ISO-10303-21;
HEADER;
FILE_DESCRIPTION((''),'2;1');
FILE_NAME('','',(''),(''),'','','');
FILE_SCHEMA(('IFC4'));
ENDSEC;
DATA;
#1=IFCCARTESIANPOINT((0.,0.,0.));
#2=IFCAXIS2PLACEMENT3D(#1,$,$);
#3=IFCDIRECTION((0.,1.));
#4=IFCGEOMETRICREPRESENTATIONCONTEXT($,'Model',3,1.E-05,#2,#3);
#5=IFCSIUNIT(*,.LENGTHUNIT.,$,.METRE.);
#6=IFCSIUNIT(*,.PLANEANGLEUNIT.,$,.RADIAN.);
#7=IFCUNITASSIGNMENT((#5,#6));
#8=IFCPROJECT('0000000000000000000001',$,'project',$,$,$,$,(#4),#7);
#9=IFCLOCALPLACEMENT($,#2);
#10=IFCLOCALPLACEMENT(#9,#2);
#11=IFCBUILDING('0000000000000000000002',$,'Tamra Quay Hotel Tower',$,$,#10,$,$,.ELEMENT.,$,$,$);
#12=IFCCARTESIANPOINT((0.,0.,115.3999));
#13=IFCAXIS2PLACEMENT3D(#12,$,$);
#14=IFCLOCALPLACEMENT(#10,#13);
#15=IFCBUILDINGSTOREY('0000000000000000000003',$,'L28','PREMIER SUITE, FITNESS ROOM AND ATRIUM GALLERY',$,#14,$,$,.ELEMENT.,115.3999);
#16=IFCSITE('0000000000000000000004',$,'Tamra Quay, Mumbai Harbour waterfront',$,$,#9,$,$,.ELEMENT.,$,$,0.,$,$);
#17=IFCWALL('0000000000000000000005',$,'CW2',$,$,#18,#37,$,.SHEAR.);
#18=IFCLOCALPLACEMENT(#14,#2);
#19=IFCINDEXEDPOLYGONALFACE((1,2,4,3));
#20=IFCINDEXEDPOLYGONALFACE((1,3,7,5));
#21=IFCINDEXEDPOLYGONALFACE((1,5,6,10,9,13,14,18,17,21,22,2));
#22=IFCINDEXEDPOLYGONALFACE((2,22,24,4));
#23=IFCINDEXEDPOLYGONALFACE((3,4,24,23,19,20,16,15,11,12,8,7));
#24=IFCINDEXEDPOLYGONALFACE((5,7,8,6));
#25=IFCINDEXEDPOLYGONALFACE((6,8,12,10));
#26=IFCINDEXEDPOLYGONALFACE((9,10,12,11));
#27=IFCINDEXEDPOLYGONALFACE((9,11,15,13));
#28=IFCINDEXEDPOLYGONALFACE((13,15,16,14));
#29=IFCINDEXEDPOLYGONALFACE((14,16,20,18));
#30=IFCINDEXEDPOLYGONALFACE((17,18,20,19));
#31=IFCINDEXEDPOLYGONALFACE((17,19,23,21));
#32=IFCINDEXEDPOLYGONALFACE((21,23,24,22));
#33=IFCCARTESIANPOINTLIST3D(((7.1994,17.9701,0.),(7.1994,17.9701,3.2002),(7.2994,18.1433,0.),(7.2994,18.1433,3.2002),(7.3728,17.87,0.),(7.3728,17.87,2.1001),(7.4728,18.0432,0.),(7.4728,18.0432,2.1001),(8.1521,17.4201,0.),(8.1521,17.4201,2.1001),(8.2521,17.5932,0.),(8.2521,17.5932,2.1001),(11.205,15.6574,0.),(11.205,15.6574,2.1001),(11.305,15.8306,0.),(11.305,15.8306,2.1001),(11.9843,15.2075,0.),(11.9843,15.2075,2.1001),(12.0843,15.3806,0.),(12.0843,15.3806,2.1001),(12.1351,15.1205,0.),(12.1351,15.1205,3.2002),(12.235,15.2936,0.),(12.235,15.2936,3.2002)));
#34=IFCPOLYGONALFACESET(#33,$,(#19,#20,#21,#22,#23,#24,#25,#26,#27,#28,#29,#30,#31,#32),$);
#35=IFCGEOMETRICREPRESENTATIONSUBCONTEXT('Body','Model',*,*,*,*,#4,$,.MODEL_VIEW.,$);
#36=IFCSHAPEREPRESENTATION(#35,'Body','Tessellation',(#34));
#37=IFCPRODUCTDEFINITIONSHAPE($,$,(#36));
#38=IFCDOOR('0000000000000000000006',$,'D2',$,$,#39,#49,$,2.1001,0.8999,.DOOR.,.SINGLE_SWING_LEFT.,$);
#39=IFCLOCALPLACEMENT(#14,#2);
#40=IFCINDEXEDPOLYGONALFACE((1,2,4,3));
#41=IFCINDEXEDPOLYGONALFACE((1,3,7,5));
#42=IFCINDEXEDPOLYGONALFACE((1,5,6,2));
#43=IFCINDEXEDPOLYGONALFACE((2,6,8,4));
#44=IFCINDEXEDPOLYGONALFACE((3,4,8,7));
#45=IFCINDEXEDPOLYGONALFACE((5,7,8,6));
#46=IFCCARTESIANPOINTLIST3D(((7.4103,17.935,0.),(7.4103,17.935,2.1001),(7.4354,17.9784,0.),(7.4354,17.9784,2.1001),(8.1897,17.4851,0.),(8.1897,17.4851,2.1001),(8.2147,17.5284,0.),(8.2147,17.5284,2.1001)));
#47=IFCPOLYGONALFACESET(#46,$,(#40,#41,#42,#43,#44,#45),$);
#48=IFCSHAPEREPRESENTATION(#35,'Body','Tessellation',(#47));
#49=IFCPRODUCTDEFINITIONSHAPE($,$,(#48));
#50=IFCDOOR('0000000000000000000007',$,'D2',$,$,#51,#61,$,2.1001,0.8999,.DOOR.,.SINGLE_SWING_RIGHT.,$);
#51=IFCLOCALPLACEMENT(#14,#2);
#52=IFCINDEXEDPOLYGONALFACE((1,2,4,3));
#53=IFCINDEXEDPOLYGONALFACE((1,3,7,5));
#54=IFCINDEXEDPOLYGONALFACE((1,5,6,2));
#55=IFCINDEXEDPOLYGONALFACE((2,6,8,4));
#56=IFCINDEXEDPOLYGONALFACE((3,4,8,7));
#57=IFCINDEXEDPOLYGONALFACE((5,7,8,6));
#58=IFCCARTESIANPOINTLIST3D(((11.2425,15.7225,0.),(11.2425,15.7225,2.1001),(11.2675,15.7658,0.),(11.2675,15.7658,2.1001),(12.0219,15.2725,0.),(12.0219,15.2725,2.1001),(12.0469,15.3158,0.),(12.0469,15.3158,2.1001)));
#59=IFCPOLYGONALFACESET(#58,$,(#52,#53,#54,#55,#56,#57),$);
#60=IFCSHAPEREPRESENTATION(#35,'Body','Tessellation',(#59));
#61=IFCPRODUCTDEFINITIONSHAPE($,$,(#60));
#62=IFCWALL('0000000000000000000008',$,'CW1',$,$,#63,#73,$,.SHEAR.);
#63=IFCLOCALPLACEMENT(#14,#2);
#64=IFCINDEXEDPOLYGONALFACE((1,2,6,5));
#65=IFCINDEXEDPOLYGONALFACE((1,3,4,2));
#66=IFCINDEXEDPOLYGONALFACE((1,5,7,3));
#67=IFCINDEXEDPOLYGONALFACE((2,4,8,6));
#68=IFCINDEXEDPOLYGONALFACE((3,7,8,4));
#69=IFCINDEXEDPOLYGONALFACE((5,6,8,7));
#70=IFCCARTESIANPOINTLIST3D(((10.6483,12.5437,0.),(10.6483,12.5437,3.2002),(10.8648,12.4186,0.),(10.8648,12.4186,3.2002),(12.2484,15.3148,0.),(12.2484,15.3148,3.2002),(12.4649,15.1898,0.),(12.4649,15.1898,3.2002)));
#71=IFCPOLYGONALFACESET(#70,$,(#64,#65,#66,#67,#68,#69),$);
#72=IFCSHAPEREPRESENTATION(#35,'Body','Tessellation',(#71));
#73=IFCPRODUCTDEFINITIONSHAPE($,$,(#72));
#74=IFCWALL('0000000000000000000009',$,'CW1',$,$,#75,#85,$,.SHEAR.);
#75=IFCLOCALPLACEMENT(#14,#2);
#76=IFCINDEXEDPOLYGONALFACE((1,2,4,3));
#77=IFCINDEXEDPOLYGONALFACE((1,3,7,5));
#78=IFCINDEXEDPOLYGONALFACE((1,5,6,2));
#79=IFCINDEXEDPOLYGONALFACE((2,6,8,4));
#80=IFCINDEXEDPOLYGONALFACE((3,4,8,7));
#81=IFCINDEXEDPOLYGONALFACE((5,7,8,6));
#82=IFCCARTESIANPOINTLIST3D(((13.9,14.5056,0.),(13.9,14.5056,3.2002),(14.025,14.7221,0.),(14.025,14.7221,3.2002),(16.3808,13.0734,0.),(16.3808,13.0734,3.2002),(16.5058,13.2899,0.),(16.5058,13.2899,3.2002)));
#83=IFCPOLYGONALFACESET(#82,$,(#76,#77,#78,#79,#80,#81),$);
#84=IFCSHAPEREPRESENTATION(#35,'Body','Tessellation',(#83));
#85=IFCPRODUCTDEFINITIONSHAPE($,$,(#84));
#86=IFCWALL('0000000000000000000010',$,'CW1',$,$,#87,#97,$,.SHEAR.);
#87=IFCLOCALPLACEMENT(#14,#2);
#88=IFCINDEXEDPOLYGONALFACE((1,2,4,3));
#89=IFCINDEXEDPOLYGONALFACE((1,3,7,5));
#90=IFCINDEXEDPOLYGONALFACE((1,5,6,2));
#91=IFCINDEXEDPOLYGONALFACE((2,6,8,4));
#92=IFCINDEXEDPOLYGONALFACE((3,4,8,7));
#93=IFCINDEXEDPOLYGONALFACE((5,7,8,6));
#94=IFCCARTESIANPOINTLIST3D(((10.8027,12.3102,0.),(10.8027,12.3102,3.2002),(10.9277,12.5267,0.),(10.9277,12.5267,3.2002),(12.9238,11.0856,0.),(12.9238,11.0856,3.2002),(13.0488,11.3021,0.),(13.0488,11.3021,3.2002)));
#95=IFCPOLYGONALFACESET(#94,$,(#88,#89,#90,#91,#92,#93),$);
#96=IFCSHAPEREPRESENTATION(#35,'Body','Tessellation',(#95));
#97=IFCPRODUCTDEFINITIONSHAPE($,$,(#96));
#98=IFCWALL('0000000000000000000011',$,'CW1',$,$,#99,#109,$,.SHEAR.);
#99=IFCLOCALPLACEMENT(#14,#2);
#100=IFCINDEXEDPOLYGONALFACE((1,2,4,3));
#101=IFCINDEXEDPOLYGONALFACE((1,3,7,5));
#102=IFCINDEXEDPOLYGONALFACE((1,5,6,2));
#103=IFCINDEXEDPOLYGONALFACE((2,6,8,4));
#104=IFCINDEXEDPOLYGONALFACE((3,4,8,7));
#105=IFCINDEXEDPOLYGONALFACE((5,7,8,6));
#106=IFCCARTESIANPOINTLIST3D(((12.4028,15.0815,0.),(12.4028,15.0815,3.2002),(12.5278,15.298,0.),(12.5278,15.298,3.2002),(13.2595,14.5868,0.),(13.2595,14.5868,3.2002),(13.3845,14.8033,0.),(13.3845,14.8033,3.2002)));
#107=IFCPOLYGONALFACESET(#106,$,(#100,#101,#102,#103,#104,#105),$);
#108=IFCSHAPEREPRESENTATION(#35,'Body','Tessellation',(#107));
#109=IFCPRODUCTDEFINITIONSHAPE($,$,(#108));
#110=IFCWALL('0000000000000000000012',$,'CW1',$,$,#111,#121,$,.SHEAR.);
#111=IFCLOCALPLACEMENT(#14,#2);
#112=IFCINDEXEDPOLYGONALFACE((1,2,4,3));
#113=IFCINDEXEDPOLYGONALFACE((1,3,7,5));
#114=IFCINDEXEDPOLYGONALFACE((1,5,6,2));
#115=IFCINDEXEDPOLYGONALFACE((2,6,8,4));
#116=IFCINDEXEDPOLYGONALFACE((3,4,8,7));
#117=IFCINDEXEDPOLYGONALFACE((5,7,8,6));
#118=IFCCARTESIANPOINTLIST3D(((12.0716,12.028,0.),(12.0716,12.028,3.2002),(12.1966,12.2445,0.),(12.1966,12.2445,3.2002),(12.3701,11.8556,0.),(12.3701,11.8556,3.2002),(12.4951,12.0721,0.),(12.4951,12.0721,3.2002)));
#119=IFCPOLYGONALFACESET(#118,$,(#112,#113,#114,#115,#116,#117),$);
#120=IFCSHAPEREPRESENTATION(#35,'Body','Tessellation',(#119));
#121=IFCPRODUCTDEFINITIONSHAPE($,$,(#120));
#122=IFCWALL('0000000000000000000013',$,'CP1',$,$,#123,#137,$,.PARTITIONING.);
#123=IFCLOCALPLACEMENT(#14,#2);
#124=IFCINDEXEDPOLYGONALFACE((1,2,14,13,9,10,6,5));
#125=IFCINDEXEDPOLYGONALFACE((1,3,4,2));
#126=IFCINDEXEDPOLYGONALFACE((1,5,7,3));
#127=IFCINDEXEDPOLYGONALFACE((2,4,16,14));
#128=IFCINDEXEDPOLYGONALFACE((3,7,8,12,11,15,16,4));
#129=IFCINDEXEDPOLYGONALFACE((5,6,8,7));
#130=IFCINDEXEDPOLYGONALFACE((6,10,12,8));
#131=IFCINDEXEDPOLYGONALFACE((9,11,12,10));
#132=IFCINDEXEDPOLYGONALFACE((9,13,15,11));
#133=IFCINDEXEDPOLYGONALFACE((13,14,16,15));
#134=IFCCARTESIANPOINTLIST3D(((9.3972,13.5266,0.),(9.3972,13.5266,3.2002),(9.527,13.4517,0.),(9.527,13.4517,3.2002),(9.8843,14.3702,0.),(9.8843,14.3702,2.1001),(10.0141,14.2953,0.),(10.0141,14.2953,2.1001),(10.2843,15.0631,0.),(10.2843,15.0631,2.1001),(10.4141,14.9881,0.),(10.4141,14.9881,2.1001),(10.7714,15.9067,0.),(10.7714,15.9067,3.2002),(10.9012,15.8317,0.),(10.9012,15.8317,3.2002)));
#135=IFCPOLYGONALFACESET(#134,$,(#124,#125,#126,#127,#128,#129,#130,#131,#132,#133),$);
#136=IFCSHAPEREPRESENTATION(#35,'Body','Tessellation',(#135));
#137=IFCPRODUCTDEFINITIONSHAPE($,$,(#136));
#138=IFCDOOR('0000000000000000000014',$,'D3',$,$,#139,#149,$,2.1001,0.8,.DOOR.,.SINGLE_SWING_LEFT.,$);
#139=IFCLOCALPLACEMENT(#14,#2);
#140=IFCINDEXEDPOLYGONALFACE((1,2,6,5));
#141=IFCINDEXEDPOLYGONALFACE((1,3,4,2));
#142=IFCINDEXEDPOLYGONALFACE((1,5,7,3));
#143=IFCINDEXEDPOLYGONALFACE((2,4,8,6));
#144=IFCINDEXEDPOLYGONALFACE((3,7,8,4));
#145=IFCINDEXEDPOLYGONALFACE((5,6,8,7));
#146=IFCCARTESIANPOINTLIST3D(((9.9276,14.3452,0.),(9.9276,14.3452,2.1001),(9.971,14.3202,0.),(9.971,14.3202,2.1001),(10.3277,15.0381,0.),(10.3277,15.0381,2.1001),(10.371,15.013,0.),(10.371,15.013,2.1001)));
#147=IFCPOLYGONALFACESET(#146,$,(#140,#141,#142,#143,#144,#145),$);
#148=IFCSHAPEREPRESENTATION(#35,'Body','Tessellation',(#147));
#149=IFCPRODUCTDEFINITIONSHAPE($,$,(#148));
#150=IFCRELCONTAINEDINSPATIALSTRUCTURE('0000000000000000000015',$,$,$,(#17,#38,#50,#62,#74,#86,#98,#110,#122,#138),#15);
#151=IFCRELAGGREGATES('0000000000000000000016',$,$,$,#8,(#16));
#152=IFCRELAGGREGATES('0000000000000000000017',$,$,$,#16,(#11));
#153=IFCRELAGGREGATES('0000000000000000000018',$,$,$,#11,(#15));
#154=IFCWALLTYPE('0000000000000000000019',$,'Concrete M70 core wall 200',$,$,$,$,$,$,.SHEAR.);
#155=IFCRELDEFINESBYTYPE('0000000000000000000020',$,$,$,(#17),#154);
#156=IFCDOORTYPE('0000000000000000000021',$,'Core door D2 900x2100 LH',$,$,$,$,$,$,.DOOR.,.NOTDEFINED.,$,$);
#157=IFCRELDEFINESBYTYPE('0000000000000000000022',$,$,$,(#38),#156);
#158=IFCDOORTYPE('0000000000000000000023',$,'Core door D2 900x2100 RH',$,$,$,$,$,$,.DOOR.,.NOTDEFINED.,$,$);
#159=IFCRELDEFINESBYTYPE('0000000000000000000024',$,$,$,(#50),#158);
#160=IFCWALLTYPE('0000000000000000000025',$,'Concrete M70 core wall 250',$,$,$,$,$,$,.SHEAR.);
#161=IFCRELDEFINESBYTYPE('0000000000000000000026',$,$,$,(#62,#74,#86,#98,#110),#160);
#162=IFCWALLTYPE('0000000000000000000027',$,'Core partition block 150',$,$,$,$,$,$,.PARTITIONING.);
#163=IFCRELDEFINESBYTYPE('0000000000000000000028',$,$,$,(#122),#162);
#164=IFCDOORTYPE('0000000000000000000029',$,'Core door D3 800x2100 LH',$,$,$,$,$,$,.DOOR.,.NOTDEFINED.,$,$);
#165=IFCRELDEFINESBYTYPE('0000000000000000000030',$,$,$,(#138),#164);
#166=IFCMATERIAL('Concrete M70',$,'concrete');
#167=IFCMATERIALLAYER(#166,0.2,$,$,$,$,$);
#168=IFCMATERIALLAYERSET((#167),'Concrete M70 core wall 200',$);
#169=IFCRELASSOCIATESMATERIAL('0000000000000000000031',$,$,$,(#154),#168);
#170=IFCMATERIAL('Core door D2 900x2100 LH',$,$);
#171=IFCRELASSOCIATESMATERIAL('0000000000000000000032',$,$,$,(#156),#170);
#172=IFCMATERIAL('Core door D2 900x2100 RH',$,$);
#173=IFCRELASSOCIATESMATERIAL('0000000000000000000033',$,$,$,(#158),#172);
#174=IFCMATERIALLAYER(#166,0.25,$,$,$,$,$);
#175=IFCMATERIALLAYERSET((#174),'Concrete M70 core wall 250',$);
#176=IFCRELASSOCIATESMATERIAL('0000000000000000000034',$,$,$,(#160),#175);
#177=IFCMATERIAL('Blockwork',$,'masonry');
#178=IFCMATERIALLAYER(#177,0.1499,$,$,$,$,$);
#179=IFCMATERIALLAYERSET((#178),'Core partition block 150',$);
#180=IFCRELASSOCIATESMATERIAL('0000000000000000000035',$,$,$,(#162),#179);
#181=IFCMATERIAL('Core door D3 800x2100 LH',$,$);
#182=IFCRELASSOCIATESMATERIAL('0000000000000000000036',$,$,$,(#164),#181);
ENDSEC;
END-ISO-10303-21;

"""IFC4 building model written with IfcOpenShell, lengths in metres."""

from ifc_helpers import new_model, si_unit, direction, frame, frame_2d, origin, place, context, subcontext, project, spatial, rectangle, extrude, material, layer, layer_set, type_object, element, fill, save


model = new_model("IFC4")

# Units and contexts
model_context = context("Model", 3, precision=1e-05, world=origin(), true_north=direction((0.0, 1.0)))
body_context = subcontext(model_context, "Body", "Model", "MODEL_VIEW")
ifc_project = project(units=[si_unit("LENGTHUNIT", "METRE"), si_unit("PLANEANGLEUNIT", "RADIAN")], contexts=[model_context])

# Site, building, storey
site_placement = place(None, origin())
site = spatial("IfcSite", under=ifc_project, at=site_placement, Name="Tamra Quay, Mumbai Harbour waterfront", CompositionType="ELEMENT", RefElevation=0.0)
building_placement = place(site_placement, origin())
building = spatial("IfcBuilding", under=site, at=building_placement, Name="Tamra Quay Hotel Tower", CompositionType="ELEMENT")
storey_placement = place(building_placement, frame((0.0, 0.0, 115.3999)))
storey = spatial("IfcBuildingStorey", under=building, at=storey_placement, Name="L28", Description="PREMIER SUITE, FITNESS ROOM AND ATRIUM GALLERY", CompositionType="ELEMENT", Elevation=115.3999)

# Wall, openings, doors
ifc_material_1 = material(Name="Concrete M70", Category="concrete")
ifc_layer_1 = layer(ifc_material_1, 0.2)
ifc_layer_set_1 = layer_set([ifc_layer_1], Name="Concrete M70 core wall 200")
wall_type_1 = type_object("IfcWallType", Name="Concrete M70 core wall 200", PredefinedType="SHEAR", material=ifc_layer_set_1)
wall_1_placement = place(storey_placement, frame((12.1851, 15.207, 0.0), z_axis=(0.0, 0.0, 1.0), x_axis=(-0.86602, 0.500009, 0.0)))
wall_1 = element("IfcWall", 1, at=wall_1_placement, inside=storey, type_object=wall_type_1, Name="CW2", PredefinedType="SHEAR", context=body_context, shape_type="SweptSolid", body=[
    extrude(rectangle(XDim=5.6992, YDim=0.2, at=frame_2d((2.8496, 0.0))), origin(), (0.0, 0.0, 1.0), 3.2002),
])
opening_1_placement = place(wall_1_placement, frame((0.1741, 0.0, 0.0)))
opening_1 = element("IfcOpeningElement", 2, at=opening_1_placement, cuts=wall_1, PredefinedType="OPENING", context=body_context, shape_type="SweptSolid", body=[
    extrude(rectangle(XDim=0.8999, YDim=2.1001, at=frame_2d((0.45, 1.05))), frame((0.0, 0.1099, 0.0), z_axis=(0.0, -1.0, 0.0), x_axis=(1.0, 0.0, 0.0)), (0.0, 0.0, 1.0), 0.22),
])
opening_2_placement = place(wall_1_placement, frame((4.5991, 0.0, 0.0)))
opening_2 = element("IfcOpeningElement", 3, at=opening_2_placement, cuts=wall_1, PredefinedType="OPENING", context=body_context, shape_type="SweptSolid", body=[
    extrude(rectangle(XDim=0.8999, YDim=2.1001, at=frame_2d((0.45, 1.05))), frame((0.0, 0.1099, 0.0), z_axis=(0.0, -1.0, 0.0), x_axis=(1.0, 0.0, 0.0)), (0.0, 0.0, 1.0), 0.22),
])
ifc_material_2 = material(Name="Core door D2 900x2100 LH")
door_type_1 = type_object("IfcDoorType", Name="Core door D2 900x2100 LH", OperationType="NOTDEFINED", PredefinedType="DOOR", material=ifc_material_2)
door_1_placement = place(opening_2_placement, origin())
door_1 = element("IfcDoor", 4, at=door_1_placement, inside=storey, type_object=door_type_1, Name="D2", OperationType="SINGLE_SWING_LEFT", OverallHeight=2.1001, OverallWidth=0.8999, PredefinedType="DOOR", context=body_context, shape_type="SweptSolid", body=[
    extrude(rectangle(XDim=0.8999, YDim=2.1001, at=frame_2d((0.45, 1.05))), frame((0.0, 0.0249, 0.0), z_axis=(0.0, -1.0, 0.0), x_axis=(1.0, 0.0, 0.0)), (0.0, 0.0, 1.0), 0.05),
])
fill(opening_2, door_1)
ifc_material_3 = material(Name="Core door D2 900x2100 RH")
door_type_2 = type_object("IfcDoorType", Name="Core door D2 900x2100 RH", OperationType="NOTDEFINED", PredefinedType="DOOR", material=ifc_material_3)
door_2_placement = place(opening_1_placement, origin())
door_2 = element("IfcDoor", 5, at=door_2_placement, inside=storey, type_object=door_type_2, Name="D2", OperationType="SINGLE_SWING_RIGHT", OverallHeight=2.1001, OverallWidth=0.8999, PredefinedType="DOOR", context=body_context, shape_type="SweptSolid", body=[
    extrude(rectangle(XDim=0.8999, YDim=2.1001, at=frame_2d((0.45, 1.05))), frame((0.0, 0.0249, 0.0), z_axis=(0.0, -1.0, 0.0), x_axis=(1.0, 0.0, 0.0)), (0.0, 0.0, 1.0), 0.05),
])
fill(opening_1, door_2)

# Walls
ifc_layer_2 = layer(ifc_material_1, 0.25)
ifc_layer_set_2 = layer_set([ifc_layer_2], Name="Concrete M70 core wall 250")
wall_type_2 = type_object("IfcWallType", Name="Concrete M70 core wall 250", PredefinedType="SHEAR", material=ifc_layer_set_2)
wall_2_placement = place(storey_placement, frame((12.3567, 15.2524, 0.0), z_axis=(0.0, 0.0, 1.0), x_axis=(-0.500028, -0.866009, 0.0)))
element("IfcWall", 6, at=wall_2_placement, inside=storey, type_object=wall_type_2, Name="CW1", PredefinedType="SHEAR", context=body_context, shape_type="SweptSolid", body=[
    extrude(rectangle(XDim=3.2, YDim=0.25, at=frame_2d((1.6001, 0.0))), origin(), (0.0, 0.0, 1.0), 3.2002),
])
wall_3_placement = place(storey_placement, frame((13.9626, 14.6138, 0.0), z_axis=(0.0, 0.0, 1.0), x_axis=(0.866042, -0.499971, 0.0)))
element("IfcWall", 7, at=wall_3_placement, inside=storey, type_object=wall_type_2, Name="CW1", PredefinedType="SHEAR", context=body_context, shape_type="SweptSolid", body=[
    extrude(rectangle(XDim=2.8645, YDim=0.25, at=frame_2d((1.4321, 0.0))), origin(), (0.0, 0.0, 1.0), 3.2002),
])
wall_4_placement = place(storey_placement, frame((10.8652, 12.4185, 0.0), z_axis=(0.0, 0.0, 1.0), x_axis=(0.866026, -0.499999, 0.0)))
element("IfcWall", 8, at=wall_4_placement, inside=storey, type_object=wall_type_2, Name="CW1", PredefinedType="SHEAR", context=body_context, shape_type="SweptSolid", body=[
    extrude(rectangle(XDim=2.4492, YDim=0.25, at=frame_2d((1.2246, 0.0))), origin(), (0.0, 0.0, 1.0), 3.2002),
])
wall_5_placement = place(storey_placement, frame((13.322, 14.6951, 0.0), z_axis=(0.0, 0.0, 1.0), x_axis=(-0.866017, 0.500014, 0.0)))
element("IfcWall", 9, at=wall_5_placement, inside=storey, type_object=wall_type_2, Name="CW1", PredefinedType="SHEAR", context=body_context, shape_type="SweptSolid", body=[
    extrude(rectangle(XDim=0.9893, YDim=0.25, at=frame_2d((0.4946, 0.0))), origin(), (0.0, 0.0, 1.0), 3.2002),
])
wall_6_placement = place(storey_placement, frame((12.4326, 11.9639, 0.0), z_axis=(0.0, 0.0, 1.0), x_axis=(-0.866056, 0.499947, 0.0)))
element("IfcWall", 10, at=wall_6_placement, inside=storey, type_object=wall_type_2, Name="CW1", PredefinedType="SHEAR", context=body_context, shape_type="SweptSolid", body=[
    extrude(rectangle(XDim=0.3447, YDim=0.25, at=frame_2d((0.1724, 0.0))), origin(), (0.0, 0.0, 1.0), 3.2002),
])

# Wall, opening, door
ifc_material_4 = material(Name="Blockwork", Category="masonry")
ifc_layer_3 = layer(ifc_material_4, 0.1499)
ifc_layer_set_3 = layer_set([ifc_layer_3], Name="Core partition block 150")
wall_type_3 = type_object("IfcWallType", Name="Core partition block 150", PredefinedType="PARTITIONING", material=ifc_layer_set_3)
wall_7_placement = place(storey_placement, frame((9.4622, 13.4893, 0.0), z_axis=(0.0, 0.0, 1.0), x_axis=(0.500027, 0.86601, 0.0)))
wall_7 = element("IfcWall", 11, at=wall_7_placement, inside=storey, type_object=wall_type_3, Name="CP1", PredefinedType="PARTITIONING", context=body_context, shape_type="SweptSolid", body=[
    extrude(rectangle(XDim=2.7483, YDim=0.1499, at=frame_2d((1.374, 0.0))), origin(), (0.0, 0.0, 1.0), 3.2002),
])
opening_3_placement = place(wall_7_placement, frame((0.9741, 0.0, 0.0)))
opening_3 = element("IfcOpeningElement", 12, at=opening_3_placement, cuts=wall_7, PredefinedType="OPENING", context=body_context, shape_type="SweptSolid", body=[
    extrude(rectangle(XDim=0.8, YDim=2.1001, at=frame_2d((0.3999, 1.05))), frame((0.0, 0.085, 0.0), z_axis=(0.0, -1.0, 0.0), x_axis=(1.0, 0.0, 0.0)), (0.0, 0.0, 1.0), 0.1699),
])
ifc_material_5 = material(Name="Core door D3 800x2100 LH")
door_type_3 = type_object("IfcDoorType", Name="Core door D3 800x2100 LH", OperationType="NOTDEFINED", PredefinedType="DOOR", material=ifc_material_5)
door_3_placement = place(opening_3_placement, origin())
door_3 = element("IfcDoor", 13, at=door_3_placement, inside=storey, type_object=door_type_3, Name="D3", OperationType="SINGLE_SWING_LEFT", OverallHeight=2.1001, OverallWidth=0.8, PredefinedType="DOOR", context=body_context, shape_type="SweptSolid", body=[
    extrude(rectangle(XDim=0.8, YDim=2.1001, at=frame_2d((0.3999, 1.05))), frame((0.0, 0.0249, 0.0), z_axis=(0.0, -1.0, 0.0), x_axis=(1.0, 0.0, 0.0)), (0.0, 0.0, 1.0), 0.05),
])
fill(opening_3, door_3)

save(model, "model.ifc")
